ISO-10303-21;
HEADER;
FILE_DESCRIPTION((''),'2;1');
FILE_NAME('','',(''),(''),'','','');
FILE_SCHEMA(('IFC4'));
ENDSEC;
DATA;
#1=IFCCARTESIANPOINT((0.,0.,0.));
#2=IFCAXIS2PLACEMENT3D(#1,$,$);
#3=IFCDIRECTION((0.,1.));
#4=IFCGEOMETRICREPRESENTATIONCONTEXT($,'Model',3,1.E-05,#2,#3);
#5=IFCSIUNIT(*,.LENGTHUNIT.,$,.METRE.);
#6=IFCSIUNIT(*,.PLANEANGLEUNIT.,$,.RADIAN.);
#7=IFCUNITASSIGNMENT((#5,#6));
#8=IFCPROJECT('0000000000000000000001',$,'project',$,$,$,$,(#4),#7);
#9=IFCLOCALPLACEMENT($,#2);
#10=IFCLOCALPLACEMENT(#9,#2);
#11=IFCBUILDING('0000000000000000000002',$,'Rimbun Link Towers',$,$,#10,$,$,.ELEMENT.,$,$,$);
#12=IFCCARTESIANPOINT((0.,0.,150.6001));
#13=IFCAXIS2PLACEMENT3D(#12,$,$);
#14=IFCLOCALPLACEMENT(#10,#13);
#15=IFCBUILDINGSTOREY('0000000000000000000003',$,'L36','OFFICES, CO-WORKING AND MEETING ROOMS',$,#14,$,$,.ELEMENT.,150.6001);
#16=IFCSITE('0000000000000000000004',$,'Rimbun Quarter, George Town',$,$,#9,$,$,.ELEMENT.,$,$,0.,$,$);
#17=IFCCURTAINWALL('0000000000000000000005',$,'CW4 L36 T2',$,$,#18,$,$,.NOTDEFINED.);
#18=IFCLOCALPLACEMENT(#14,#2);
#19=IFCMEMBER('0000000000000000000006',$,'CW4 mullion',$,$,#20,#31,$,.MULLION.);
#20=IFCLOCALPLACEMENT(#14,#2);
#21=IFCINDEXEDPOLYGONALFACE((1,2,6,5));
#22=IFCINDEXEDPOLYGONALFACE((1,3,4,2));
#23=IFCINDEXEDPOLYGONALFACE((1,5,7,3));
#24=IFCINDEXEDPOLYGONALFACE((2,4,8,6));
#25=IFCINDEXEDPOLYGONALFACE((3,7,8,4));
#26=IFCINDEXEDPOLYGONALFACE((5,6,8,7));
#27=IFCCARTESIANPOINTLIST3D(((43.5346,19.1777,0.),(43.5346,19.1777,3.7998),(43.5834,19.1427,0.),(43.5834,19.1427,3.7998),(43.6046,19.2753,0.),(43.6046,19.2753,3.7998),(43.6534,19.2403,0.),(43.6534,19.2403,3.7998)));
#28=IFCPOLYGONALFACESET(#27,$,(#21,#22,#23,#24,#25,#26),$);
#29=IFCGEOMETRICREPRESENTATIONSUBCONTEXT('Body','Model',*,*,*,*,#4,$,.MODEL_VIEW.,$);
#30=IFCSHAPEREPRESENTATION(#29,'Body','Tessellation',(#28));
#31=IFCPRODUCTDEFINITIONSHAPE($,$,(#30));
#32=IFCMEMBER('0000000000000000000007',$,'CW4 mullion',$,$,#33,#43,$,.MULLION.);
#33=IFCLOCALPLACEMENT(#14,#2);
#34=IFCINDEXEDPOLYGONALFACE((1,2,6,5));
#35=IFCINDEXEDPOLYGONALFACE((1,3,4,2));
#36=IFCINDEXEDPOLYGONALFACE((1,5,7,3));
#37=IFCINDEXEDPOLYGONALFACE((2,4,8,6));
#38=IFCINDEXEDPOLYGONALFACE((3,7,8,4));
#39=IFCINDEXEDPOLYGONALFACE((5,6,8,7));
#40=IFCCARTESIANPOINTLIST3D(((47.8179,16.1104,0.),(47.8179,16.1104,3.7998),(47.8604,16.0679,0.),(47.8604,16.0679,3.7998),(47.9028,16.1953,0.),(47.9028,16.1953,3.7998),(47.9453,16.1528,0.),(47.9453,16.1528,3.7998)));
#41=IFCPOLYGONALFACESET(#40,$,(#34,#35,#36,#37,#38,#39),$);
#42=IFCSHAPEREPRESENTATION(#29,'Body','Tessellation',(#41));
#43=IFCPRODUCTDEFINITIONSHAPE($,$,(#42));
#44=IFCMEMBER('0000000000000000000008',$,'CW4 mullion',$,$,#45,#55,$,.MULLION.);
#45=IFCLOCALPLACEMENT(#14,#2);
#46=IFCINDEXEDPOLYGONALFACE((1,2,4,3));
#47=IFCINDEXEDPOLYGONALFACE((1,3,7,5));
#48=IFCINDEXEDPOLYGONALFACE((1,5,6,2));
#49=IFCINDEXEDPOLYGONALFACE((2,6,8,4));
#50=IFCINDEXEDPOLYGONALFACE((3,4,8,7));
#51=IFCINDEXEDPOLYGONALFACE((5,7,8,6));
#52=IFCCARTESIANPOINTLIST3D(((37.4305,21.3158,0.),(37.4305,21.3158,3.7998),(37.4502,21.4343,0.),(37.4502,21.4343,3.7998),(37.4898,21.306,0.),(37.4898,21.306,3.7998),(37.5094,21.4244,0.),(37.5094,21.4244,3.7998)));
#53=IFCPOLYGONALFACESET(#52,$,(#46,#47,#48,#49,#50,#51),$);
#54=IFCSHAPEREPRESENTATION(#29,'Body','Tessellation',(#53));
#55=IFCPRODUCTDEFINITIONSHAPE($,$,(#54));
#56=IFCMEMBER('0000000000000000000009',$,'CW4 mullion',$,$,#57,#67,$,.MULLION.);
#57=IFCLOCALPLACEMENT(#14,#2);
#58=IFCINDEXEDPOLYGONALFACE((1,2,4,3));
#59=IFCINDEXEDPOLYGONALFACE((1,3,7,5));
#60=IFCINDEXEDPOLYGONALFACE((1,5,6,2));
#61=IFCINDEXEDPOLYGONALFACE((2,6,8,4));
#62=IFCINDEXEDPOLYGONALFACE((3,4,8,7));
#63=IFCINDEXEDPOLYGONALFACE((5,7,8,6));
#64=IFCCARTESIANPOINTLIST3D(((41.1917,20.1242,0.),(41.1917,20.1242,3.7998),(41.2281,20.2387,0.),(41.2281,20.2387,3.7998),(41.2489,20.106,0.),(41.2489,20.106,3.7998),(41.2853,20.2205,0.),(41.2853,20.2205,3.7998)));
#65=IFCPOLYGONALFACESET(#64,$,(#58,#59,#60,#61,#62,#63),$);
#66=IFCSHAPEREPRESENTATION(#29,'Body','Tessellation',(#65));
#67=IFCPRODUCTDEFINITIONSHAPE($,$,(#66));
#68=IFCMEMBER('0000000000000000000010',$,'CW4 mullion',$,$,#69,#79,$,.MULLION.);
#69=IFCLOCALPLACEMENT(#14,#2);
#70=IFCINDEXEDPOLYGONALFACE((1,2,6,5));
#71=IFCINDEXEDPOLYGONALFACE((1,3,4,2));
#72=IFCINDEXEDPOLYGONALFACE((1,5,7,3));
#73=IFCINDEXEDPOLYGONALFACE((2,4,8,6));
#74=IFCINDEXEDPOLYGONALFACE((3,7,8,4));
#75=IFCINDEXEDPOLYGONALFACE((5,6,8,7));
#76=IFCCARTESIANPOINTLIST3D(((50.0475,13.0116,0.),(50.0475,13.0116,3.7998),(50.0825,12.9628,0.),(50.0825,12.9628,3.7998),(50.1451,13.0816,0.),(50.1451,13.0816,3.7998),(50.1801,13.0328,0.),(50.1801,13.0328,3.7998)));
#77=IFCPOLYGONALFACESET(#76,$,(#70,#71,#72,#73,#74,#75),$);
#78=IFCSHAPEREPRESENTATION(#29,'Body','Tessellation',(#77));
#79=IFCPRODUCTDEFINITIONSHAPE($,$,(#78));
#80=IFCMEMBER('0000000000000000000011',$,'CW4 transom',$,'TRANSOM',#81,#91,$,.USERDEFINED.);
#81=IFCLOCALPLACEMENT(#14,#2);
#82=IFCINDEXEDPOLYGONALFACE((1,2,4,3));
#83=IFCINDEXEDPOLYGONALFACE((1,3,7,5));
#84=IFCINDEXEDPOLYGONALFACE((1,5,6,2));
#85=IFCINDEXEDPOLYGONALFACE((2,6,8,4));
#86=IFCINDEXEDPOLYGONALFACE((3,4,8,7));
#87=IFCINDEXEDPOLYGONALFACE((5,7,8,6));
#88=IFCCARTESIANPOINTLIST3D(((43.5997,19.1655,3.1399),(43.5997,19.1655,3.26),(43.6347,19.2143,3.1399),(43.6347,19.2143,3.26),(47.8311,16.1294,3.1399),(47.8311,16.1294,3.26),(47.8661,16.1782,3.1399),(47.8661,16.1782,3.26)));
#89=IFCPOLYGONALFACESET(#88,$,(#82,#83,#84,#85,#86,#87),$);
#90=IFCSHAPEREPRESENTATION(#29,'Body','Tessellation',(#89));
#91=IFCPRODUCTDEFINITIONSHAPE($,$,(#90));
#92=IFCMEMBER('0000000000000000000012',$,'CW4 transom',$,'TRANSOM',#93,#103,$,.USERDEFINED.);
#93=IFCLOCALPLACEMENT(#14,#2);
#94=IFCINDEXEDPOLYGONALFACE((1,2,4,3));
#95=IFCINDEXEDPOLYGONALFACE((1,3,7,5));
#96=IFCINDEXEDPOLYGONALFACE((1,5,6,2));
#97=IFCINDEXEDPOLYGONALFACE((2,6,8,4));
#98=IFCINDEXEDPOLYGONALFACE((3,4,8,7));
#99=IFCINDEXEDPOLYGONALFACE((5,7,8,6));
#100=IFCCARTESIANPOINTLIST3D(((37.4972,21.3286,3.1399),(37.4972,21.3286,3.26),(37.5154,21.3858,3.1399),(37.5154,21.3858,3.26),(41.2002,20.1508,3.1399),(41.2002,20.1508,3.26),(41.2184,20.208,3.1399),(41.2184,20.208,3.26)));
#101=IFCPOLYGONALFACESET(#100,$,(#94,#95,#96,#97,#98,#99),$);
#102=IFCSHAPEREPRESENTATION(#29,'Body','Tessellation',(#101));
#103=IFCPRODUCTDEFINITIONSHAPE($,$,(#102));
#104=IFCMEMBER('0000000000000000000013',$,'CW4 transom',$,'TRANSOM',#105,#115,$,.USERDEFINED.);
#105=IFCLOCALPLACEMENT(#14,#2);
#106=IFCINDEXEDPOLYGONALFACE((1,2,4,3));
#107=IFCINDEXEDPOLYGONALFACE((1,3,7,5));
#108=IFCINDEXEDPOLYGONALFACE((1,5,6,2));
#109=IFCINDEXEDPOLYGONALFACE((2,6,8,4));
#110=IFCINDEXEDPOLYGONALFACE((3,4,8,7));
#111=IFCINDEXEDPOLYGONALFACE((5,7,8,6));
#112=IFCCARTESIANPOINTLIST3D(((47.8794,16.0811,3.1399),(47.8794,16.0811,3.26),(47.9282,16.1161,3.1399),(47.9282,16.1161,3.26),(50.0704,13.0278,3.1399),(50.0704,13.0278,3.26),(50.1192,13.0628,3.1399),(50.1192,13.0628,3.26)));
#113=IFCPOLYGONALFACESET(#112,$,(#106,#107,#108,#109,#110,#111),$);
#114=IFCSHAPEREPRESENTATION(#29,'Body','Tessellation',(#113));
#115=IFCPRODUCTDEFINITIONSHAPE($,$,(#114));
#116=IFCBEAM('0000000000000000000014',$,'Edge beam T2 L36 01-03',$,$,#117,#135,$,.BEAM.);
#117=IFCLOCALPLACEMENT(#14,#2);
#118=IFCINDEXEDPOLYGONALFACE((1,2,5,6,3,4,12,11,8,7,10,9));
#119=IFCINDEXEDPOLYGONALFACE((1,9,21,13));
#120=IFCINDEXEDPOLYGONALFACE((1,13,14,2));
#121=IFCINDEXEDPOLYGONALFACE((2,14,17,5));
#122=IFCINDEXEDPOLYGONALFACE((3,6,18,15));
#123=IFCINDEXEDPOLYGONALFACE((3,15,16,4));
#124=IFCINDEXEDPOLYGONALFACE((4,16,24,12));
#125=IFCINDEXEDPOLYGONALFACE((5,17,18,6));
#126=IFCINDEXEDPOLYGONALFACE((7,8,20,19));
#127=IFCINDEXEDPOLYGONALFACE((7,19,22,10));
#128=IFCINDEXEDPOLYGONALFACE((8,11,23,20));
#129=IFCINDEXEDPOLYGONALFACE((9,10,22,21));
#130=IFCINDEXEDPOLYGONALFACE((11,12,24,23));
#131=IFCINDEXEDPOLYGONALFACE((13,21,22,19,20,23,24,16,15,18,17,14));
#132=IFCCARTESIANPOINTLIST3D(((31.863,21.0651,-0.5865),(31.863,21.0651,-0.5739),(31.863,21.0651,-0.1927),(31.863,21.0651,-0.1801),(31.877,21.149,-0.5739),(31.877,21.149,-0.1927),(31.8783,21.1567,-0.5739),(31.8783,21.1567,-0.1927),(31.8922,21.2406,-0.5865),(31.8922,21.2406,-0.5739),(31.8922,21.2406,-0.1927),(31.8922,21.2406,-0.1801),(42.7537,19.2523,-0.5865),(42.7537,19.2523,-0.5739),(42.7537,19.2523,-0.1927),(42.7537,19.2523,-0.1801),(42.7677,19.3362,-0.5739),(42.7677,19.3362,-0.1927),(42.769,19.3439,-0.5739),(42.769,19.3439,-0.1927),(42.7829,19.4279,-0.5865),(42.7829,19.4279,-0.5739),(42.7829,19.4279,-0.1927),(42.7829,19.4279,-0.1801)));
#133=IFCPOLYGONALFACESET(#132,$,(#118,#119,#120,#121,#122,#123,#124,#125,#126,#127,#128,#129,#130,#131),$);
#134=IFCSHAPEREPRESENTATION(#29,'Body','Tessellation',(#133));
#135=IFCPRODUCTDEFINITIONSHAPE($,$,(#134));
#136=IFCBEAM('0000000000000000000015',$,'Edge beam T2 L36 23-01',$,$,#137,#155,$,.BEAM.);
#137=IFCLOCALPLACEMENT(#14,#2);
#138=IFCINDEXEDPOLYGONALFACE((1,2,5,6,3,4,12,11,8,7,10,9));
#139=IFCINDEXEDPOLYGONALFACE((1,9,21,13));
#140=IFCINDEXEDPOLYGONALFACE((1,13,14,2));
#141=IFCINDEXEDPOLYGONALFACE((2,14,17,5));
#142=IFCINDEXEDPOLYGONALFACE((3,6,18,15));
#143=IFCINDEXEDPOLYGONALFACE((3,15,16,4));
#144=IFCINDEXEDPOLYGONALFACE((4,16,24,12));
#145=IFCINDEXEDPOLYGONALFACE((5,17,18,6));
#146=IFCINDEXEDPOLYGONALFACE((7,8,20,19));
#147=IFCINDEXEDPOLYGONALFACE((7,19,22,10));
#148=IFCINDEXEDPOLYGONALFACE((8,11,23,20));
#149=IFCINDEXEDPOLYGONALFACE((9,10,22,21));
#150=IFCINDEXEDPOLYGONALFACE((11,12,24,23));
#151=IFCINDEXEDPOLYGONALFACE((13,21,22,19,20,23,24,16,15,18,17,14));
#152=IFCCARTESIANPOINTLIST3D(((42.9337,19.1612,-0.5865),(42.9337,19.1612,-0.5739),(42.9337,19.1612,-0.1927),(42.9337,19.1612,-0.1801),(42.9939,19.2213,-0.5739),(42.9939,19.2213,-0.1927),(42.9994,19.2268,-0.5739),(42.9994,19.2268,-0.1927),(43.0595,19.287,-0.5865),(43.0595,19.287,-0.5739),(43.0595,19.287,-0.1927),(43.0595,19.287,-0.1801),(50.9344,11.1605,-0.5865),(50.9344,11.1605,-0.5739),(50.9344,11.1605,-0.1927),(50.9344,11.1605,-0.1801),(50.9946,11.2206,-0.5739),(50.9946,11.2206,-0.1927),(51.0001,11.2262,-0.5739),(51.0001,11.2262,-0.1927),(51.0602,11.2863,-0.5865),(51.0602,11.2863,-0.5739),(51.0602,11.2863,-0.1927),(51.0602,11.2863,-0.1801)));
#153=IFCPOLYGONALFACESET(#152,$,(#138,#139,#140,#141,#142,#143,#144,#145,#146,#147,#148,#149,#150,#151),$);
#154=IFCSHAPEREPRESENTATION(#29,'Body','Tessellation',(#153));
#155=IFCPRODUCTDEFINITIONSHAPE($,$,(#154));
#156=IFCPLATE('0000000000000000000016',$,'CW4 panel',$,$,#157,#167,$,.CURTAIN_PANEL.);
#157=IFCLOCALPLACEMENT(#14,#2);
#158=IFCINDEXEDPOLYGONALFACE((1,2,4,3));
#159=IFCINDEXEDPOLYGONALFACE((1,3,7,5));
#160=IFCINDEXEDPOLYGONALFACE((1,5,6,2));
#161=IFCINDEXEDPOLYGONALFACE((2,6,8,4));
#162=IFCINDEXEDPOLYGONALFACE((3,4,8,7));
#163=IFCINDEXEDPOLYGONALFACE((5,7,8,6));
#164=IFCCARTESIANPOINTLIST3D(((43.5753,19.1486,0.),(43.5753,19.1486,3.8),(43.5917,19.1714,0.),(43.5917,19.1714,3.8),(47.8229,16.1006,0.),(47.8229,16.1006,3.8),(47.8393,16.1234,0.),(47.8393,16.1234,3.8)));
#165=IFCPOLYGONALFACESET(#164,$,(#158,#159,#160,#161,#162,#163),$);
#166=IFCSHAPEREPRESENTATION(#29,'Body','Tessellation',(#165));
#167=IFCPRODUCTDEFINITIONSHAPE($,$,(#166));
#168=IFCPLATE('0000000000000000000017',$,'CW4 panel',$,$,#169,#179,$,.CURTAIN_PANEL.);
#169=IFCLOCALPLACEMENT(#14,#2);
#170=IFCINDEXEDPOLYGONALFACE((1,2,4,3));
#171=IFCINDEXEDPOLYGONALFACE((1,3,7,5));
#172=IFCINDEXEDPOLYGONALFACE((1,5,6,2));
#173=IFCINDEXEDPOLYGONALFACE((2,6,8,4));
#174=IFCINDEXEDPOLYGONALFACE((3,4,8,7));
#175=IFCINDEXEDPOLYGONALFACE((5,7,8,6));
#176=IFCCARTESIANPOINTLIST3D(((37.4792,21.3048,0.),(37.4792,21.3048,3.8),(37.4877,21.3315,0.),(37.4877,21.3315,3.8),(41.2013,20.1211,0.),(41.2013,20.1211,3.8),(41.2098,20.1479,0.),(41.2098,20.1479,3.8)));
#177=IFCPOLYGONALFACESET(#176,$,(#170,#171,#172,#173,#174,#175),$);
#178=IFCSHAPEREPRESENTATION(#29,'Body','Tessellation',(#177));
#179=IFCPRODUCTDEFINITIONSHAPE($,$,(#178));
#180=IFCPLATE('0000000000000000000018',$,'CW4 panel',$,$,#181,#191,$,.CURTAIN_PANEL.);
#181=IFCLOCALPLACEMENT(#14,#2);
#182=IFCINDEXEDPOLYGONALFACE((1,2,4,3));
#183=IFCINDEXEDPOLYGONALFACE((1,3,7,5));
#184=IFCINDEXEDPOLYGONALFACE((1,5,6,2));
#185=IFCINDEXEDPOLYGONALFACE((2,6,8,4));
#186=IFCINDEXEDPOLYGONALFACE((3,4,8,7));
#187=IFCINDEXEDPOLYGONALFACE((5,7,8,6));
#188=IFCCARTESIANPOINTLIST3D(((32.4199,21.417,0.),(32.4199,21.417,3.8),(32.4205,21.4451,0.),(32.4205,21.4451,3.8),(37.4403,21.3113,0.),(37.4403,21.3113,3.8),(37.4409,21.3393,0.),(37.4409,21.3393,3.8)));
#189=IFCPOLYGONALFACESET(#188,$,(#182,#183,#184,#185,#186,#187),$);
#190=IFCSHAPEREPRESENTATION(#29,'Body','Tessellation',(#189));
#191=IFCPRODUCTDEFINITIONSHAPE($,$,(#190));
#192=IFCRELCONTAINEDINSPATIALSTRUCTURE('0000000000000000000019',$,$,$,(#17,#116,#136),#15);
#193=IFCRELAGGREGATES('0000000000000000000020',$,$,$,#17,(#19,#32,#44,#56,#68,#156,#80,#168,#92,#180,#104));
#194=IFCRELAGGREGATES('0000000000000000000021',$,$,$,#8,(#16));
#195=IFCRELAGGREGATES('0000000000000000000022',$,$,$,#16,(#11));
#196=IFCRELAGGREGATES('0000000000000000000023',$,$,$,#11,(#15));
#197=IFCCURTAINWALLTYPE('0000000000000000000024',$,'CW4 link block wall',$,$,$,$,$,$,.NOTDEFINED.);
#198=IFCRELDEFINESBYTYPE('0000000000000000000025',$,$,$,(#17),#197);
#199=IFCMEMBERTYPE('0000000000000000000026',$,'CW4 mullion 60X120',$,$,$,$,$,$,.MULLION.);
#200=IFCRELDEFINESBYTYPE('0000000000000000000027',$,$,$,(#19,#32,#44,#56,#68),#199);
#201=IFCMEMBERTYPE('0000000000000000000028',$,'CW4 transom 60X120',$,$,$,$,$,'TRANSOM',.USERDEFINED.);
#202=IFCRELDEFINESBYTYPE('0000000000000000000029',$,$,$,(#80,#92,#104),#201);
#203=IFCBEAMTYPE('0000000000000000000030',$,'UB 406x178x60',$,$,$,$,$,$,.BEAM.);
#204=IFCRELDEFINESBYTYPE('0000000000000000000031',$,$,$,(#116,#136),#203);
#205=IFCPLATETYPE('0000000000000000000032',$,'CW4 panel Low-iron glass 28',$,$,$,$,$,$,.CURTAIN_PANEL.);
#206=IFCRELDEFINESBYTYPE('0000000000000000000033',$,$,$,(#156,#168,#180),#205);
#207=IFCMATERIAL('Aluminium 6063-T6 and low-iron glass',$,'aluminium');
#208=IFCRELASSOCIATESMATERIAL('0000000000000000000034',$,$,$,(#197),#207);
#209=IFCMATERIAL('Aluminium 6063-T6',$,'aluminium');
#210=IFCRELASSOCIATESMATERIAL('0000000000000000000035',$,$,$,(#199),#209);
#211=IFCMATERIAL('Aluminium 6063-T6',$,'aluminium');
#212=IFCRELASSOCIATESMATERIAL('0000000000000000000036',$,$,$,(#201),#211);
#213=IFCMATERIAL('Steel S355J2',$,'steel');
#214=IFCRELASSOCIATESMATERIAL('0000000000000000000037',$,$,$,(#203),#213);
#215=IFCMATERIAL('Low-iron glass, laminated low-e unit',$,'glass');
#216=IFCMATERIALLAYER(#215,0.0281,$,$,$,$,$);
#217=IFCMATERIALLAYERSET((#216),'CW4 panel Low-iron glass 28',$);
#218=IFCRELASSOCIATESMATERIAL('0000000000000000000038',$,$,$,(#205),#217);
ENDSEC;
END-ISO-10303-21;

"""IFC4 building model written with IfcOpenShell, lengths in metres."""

from ifc_helpers import new_model, si_unit, direction, frame, origin, origin_2d, place, context, subcontext, project, spatial, rectangle, i_section, extrude, material, layer, layer_set, material_profile, profile_set, type_object, element, aggregate, save


model = new_model("IFC4")

# Units and contexts
model_context = context("Model", 3, precision=1e-05, world=origin(), true_north=direction((0.0, 1.0)))
body_context = subcontext(model_context, "Body", "Model", "MODEL_VIEW")
ifc_project = project(units=[si_unit("LENGTHUNIT", "METRE"), si_unit("PLANEANGLEUNIT", "RADIAN")], contexts=[model_context])

# Site, building, storey
site_placement = place(None, origin())
site = spatial("IfcSite", under=ifc_project, at=site_placement, Name="Rimbun Quarter, George Town", CompositionType="ELEMENT", RefElevation=0.0)
building_placement = place(site_placement, origin())
building = spatial("IfcBuilding", under=site, at=building_placement, Name="Rimbun Link Towers", CompositionType="ELEMENT")
storey_placement = place(building_placement, frame((0.0, 0.0, 150.6001)))
storey = spatial("IfcBuildingStorey", under=building, at=storey_placement, Name="L36", Description="OFFICES, CO-WORKING AND MEETING ROOMS", CompositionType="ELEMENT", Elevation=150.6001)

# Curtain wall, members
ifc_material_1 = material(Name="Aluminium 6063-T6 and low-iron glass", Category="aluminium")
curtain_wall_type = type_object("IfcCurtainWallType", Name="CW4 link block wall", PredefinedType="NOTDEFINED", material=ifc_material_1)
curtain_wall_placement = place(storey_placement, origin())
curtain_wall = element("IfcCurtainWall", 1, at=curtain_wall_placement, inside=storey, type_object=curtain_wall_type, Name="CW4 L36 T2", PredefinedType="NOTDEFINED")
ifc_material_2 = material(Name="Aluminium 6063-T6", Category="aluminium")
ifc_material_profile_1 = material_profile(ifc_material_2, rectangle(XDim=0.1201, YDim=0.0601, at=origin_2d()), Name="MULLION 60X120")
ifc_profile_set_1 = profile_set([ifc_material_profile_1], Name="Aluminium 6063-T6")
member_type_1 = type_object("IfcMemberType", Name="CW4 mullion 60X120", PredefinedType="MULLION", material=ifc_profile_set_1)
member_1_placement = place(storey_placement, frame((43.594, 19.209, 0.0), z_axis=(0.0, 0.0, 1.0), x_axis=(0.583009, 0.812465, 0.0)))
member_1 = element("IfcMember", 2, at=member_1_placement, type_object=member_type_1, Name="CW4 mullion", PredefinedType="MULLION", context=body_context, shape_type="SweptSolid", body=[
    extrude(rectangle(XDim=0.1201, YDim=0.0601, at=origin_2d()), origin(), (0.0, 0.0, 1.0), 3.7998),
])
member_2_placement = place(storey_placement, frame((47.8816, 16.1316, 0.0), z_axis=(0.0, 0.0, 1.0), x_axis=(0.707107, 0.707107, 0.0)))
member_2 = element("IfcMember", 3, at=member_2_placement, type_object=member_type_1, Name="CW4 mullion", PredefinedType="MULLION", context=body_context, shape_type="SweptSolid", body=[
    extrude(rectangle(XDim=0.1201, YDim=0.0601, at=origin_2d()), origin(), (0.0, 0.0, 1.0), 3.7998),
])
member_3_placement = place(storey_placement, frame((37.47, 21.3701, 0.0), z_axis=(0.0, 0.0, 1.0), x_axis=(0.163742, 0.986503, 0.0)))
member_3 = element("IfcMember", 4, at=member_3_placement, type_object=member_type_1, Name="CW4 mullion", PredefinedType="MULLION", context=body_context, shape_type="SweptSolid", body=[
    extrude(rectangle(XDim=0.1201, YDim=0.0601, at=origin_2d()), origin(), (0.0, 0.0, 1.0), 3.7998),
])
member_4_placement = place(storey_placement, frame((41.2385, 20.1724, 0.0), z_axis=(0.0, 0.0, 1.0), x_axis=(0.30306, 0.952972, 0.0)))
member_4 = element("IfcMember", 5, at=member_4_placement, type_object=member_type_1, Name="CW4 mullion", PredefinedType="MULLION", context=body_context, shape_type="SweptSolid", body=[
    extrude(rectangle(XDim=0.1201, YDim=0.0601, at=origin_2d()), origin(), (0.0, 0.0, 1.0), 3.7998),
])
member_5_placement = place(storey_placement, frame((50.1138, 13.0222, 0.0), z_axis=(0.0, 0.0, 1.0), x_axis=(0.812465, 0.583009, 0.0)))
member_5 = element("IfcMember", 6, at=member_5_placement, type_object=member_type_1, Name="CW4 mullion", PredefinedType="MULLION", context=body_context, shape_type="SweptSolid", body=[
    extrude(rectangle(XDim=0.1201, YDim=0.0601, at=origin_2d()), origin(), (0.0, 0.0, 1.0), 3.7998),
])
ifc_material_3 = material(Name="Aluminium 6063-T6", Category="aluminium")
ifc_material_profile_2 = material_profile(ifc_material_3, rectangle(XDim=0.0601, YDim=0.1201, at=origin_2d()), Name="TRANSOM 60X120")
ifc_profile_set_2 = profile_set([ifc_material_profile_2], Name="Aluminium 6063-T6")
member_type_2 = type_object("IfcMemberType", Name="CW4 transom 60X120", ElementType="TRANSOM", PredefinedType="USERDEFINED", material=ifc_profile_set_2)
member_6_placement = place(storey_placement, frame((43.6172, 19.1899, 3.2), z_axis=(0.81249, -0.582975, 0.0), x_axis=(0.582975, 0.81249, 0.0)))
member_6 = element("IfcMember", 7, at=member_6_placement, type_object=member_type_2, Name="CW4 transom", ObjectType="TRANSOM", PredefinedType="USERDEFINED", context=body_context, shape_type="SweptSolid", body=[
    extrude(rectangle(XDim=0.0601, YDim=0.1201, at=origin_2d()), origin(), (0.0, 0.0, 1.0), 5.208),
])
member_7_placement = place(storey_placement, frame((37.5063, 21.3572, 3.2), z_axis=(0.95296, -0.303097, 0.0), x_axis=(0.303097, 0.95296, 0.0)))
member_7 = element("IfcMember", 8, at=member_7_placement, type_object=member_type_2, Name="CW4 transom", ObjectType="TRANSOM", PredefinedType="USERDEFINED", context=body_context, shape_type="SweptSolid", body=[
    extrude(rectangle(XDim=0.0601, YDim=0.1201, at=origin_2d()), origin(), (0.0, 0.0, 1.0), 3.8857),
])
member_8_placement = place(storey_placement, frame((47.9038, 16.0986, 3.2), z_axis=(0.583007, -0.812467, 0.0), x_axis=(0.812467, 0.583007, 0.0)))
member_8 = element("IfcMember", 9, at=member_8_placement, type_object=member_type_2, Name="CW4 transom", ObjectType="TRANSOM", PredefinedType="USERDEFINED", context=body_context, shape_type="SweptSolid", body=[
    extrude(rectangle(XDim=0.0601, YDim=0.1201, at=origin_2d()), origin(), (0.0, 0.0, 1.0), 3.7581),
])

# Beams
ifc_material_4 = material(Name="Steel S355J2", Category="steel")
ifc_material_profile_3 = material_profile(ifc_material_4, i_section(OverallWidth=0.178, OverallDepth=0.4065, WebThickness=0.0078, FlangeThickness=0.0127, at=origin_2d()), Name="UB 406x178x60")
ifc_profile_set_3 = profile_set([ifc_material_profile_3], Name="Steel S355J2")
beam_type = type_object("IfcBeamType", Name="UB 406x178x60", PredefinedType="BEAM", material=ifc_profile_set_3)
beam_1_placement = place(storey_placement, frame((42.7683, 19.3401, -0.3833), z_axis=(-0.986429, 0.164191, 0.0), x_axis=(-0.164191, -0.986429, 0.0)))
element("IfcBeam", 10, at=beam_1_placement, inside=storey, type_object=beam_type, Name="Edge beam T2 L36 01-03", PredefinedType="BEAM", context=body_context, shape_type="SweptSolid", body=[
    extrude(i_section(OverallWidth=0.178, OverallDepth=0.4065, WebThickness=0.0078, FlangeThickness=0.0127, at=origin_2d()), origin(), (0.0, 0.0, 1.0), 11.0405),
])
beam_2_placement = place(storey_placement, frame((50.9973, 11.2234, -0.3833), z_axis=(-0.707107, 0.707107, 0.0), x_axis=(-0.707107, -0.707107, 0.0)))
element("IfcBeam", 11, at=beam_2_placement, inside=storey, type_object=beam_type, Name="Edge beam T2 L36 23-01", PredefinedType="BEAM", context=body_context, shape_type="SweptSolid", body=[
    extrude(i_section(OverallWidth=0.178, OverallDepth=0.4065, WebThickness=0.0078, FlangeThickness=0.0127, at=origin_2d()), origin(), (0.0, 0.0, 1.0), 11.3147),
])

# Plates
ifc_material_5 = material(Name="Low-iron glass, laminated low-e unit", Category="glass")
ifc_layer_1 = layer(ifc_material_5, 0.0281)
ifc_layer_set_1 = layer_set([ifc_layer_1], Name="CW4 panel Low-iron glass 28")
plate_type = type_object("IfcPlateType", Name="CW4 panel Low-iron glass 28", PredefinedType="CURTAIN_PANEL", material=ifc_layer_set_1)
plate_1_placement = place(storey_placement, frame((45.7073, 17.636, 0.0), z_axis=(0.0, 0.0, 1.0), x_axis=(0.812465, -0.583009, 0.0)))
plate_1 = element("IfcPlate", 12, at=plate_1_placement, type_object=plate_type, Name="CW4 panel", PredefinedType="CURTAIN_PANEL", context=body_context, shape_type="SweptSolid", body=[
    extrude(rectangle(XDim=5.228, YDim=0.0281, at=origin_2d()), origin(), (0.0, 0.0, 1.0), 3.8),
])
plate_2_placement = place(storey_placement, frame((39.3445, 20.7263, 0.0), z_axis=(0.0, 0.0, 1.0), x_axis=(0.952972, -0.30306, 0.0)))
plate_2 = element("IfcPlate", 13, at=plate_2_placement, type_object=plate_type, Name="CW4 panel", PredefinedType="CURTAIN_PANEL", context=body_context, shape_type="SweptSolid", body=[
    extrude(rectangle(XDim=3.9058, YDim=0.0281, at=origin_2d()), origin(), (0.0, 0.0, 1.0), 3.8),
])
plate_3_placement = place(storey_placement, frame((34.9304, 21.3782, 0.0), z_axis=(0.0, 0.0, 1.0), x_axis=(0.999778, -0.021063, 0.0)))
plate_3 = element("IfcPlate", 14, at=plate_3_placement, type_object=plate_type, Name="CW4 panel", PredefinedType="CURTAIN_PANEL", context=body_context, shape_type="SweptSolid", body=[
    extrude(rectangle(XDim=5.0215, YDim=0.0281, at=origin_2d()), origin(), (0.0, 0.0, 1.0), 3.8),
])
aggregate(curtain_wall, [member_1, member_2, member_3, member_4, member_5, plate_1, member_6, plate_2, member_7, plate_3, member_8])

save(model, "model.ifc")
